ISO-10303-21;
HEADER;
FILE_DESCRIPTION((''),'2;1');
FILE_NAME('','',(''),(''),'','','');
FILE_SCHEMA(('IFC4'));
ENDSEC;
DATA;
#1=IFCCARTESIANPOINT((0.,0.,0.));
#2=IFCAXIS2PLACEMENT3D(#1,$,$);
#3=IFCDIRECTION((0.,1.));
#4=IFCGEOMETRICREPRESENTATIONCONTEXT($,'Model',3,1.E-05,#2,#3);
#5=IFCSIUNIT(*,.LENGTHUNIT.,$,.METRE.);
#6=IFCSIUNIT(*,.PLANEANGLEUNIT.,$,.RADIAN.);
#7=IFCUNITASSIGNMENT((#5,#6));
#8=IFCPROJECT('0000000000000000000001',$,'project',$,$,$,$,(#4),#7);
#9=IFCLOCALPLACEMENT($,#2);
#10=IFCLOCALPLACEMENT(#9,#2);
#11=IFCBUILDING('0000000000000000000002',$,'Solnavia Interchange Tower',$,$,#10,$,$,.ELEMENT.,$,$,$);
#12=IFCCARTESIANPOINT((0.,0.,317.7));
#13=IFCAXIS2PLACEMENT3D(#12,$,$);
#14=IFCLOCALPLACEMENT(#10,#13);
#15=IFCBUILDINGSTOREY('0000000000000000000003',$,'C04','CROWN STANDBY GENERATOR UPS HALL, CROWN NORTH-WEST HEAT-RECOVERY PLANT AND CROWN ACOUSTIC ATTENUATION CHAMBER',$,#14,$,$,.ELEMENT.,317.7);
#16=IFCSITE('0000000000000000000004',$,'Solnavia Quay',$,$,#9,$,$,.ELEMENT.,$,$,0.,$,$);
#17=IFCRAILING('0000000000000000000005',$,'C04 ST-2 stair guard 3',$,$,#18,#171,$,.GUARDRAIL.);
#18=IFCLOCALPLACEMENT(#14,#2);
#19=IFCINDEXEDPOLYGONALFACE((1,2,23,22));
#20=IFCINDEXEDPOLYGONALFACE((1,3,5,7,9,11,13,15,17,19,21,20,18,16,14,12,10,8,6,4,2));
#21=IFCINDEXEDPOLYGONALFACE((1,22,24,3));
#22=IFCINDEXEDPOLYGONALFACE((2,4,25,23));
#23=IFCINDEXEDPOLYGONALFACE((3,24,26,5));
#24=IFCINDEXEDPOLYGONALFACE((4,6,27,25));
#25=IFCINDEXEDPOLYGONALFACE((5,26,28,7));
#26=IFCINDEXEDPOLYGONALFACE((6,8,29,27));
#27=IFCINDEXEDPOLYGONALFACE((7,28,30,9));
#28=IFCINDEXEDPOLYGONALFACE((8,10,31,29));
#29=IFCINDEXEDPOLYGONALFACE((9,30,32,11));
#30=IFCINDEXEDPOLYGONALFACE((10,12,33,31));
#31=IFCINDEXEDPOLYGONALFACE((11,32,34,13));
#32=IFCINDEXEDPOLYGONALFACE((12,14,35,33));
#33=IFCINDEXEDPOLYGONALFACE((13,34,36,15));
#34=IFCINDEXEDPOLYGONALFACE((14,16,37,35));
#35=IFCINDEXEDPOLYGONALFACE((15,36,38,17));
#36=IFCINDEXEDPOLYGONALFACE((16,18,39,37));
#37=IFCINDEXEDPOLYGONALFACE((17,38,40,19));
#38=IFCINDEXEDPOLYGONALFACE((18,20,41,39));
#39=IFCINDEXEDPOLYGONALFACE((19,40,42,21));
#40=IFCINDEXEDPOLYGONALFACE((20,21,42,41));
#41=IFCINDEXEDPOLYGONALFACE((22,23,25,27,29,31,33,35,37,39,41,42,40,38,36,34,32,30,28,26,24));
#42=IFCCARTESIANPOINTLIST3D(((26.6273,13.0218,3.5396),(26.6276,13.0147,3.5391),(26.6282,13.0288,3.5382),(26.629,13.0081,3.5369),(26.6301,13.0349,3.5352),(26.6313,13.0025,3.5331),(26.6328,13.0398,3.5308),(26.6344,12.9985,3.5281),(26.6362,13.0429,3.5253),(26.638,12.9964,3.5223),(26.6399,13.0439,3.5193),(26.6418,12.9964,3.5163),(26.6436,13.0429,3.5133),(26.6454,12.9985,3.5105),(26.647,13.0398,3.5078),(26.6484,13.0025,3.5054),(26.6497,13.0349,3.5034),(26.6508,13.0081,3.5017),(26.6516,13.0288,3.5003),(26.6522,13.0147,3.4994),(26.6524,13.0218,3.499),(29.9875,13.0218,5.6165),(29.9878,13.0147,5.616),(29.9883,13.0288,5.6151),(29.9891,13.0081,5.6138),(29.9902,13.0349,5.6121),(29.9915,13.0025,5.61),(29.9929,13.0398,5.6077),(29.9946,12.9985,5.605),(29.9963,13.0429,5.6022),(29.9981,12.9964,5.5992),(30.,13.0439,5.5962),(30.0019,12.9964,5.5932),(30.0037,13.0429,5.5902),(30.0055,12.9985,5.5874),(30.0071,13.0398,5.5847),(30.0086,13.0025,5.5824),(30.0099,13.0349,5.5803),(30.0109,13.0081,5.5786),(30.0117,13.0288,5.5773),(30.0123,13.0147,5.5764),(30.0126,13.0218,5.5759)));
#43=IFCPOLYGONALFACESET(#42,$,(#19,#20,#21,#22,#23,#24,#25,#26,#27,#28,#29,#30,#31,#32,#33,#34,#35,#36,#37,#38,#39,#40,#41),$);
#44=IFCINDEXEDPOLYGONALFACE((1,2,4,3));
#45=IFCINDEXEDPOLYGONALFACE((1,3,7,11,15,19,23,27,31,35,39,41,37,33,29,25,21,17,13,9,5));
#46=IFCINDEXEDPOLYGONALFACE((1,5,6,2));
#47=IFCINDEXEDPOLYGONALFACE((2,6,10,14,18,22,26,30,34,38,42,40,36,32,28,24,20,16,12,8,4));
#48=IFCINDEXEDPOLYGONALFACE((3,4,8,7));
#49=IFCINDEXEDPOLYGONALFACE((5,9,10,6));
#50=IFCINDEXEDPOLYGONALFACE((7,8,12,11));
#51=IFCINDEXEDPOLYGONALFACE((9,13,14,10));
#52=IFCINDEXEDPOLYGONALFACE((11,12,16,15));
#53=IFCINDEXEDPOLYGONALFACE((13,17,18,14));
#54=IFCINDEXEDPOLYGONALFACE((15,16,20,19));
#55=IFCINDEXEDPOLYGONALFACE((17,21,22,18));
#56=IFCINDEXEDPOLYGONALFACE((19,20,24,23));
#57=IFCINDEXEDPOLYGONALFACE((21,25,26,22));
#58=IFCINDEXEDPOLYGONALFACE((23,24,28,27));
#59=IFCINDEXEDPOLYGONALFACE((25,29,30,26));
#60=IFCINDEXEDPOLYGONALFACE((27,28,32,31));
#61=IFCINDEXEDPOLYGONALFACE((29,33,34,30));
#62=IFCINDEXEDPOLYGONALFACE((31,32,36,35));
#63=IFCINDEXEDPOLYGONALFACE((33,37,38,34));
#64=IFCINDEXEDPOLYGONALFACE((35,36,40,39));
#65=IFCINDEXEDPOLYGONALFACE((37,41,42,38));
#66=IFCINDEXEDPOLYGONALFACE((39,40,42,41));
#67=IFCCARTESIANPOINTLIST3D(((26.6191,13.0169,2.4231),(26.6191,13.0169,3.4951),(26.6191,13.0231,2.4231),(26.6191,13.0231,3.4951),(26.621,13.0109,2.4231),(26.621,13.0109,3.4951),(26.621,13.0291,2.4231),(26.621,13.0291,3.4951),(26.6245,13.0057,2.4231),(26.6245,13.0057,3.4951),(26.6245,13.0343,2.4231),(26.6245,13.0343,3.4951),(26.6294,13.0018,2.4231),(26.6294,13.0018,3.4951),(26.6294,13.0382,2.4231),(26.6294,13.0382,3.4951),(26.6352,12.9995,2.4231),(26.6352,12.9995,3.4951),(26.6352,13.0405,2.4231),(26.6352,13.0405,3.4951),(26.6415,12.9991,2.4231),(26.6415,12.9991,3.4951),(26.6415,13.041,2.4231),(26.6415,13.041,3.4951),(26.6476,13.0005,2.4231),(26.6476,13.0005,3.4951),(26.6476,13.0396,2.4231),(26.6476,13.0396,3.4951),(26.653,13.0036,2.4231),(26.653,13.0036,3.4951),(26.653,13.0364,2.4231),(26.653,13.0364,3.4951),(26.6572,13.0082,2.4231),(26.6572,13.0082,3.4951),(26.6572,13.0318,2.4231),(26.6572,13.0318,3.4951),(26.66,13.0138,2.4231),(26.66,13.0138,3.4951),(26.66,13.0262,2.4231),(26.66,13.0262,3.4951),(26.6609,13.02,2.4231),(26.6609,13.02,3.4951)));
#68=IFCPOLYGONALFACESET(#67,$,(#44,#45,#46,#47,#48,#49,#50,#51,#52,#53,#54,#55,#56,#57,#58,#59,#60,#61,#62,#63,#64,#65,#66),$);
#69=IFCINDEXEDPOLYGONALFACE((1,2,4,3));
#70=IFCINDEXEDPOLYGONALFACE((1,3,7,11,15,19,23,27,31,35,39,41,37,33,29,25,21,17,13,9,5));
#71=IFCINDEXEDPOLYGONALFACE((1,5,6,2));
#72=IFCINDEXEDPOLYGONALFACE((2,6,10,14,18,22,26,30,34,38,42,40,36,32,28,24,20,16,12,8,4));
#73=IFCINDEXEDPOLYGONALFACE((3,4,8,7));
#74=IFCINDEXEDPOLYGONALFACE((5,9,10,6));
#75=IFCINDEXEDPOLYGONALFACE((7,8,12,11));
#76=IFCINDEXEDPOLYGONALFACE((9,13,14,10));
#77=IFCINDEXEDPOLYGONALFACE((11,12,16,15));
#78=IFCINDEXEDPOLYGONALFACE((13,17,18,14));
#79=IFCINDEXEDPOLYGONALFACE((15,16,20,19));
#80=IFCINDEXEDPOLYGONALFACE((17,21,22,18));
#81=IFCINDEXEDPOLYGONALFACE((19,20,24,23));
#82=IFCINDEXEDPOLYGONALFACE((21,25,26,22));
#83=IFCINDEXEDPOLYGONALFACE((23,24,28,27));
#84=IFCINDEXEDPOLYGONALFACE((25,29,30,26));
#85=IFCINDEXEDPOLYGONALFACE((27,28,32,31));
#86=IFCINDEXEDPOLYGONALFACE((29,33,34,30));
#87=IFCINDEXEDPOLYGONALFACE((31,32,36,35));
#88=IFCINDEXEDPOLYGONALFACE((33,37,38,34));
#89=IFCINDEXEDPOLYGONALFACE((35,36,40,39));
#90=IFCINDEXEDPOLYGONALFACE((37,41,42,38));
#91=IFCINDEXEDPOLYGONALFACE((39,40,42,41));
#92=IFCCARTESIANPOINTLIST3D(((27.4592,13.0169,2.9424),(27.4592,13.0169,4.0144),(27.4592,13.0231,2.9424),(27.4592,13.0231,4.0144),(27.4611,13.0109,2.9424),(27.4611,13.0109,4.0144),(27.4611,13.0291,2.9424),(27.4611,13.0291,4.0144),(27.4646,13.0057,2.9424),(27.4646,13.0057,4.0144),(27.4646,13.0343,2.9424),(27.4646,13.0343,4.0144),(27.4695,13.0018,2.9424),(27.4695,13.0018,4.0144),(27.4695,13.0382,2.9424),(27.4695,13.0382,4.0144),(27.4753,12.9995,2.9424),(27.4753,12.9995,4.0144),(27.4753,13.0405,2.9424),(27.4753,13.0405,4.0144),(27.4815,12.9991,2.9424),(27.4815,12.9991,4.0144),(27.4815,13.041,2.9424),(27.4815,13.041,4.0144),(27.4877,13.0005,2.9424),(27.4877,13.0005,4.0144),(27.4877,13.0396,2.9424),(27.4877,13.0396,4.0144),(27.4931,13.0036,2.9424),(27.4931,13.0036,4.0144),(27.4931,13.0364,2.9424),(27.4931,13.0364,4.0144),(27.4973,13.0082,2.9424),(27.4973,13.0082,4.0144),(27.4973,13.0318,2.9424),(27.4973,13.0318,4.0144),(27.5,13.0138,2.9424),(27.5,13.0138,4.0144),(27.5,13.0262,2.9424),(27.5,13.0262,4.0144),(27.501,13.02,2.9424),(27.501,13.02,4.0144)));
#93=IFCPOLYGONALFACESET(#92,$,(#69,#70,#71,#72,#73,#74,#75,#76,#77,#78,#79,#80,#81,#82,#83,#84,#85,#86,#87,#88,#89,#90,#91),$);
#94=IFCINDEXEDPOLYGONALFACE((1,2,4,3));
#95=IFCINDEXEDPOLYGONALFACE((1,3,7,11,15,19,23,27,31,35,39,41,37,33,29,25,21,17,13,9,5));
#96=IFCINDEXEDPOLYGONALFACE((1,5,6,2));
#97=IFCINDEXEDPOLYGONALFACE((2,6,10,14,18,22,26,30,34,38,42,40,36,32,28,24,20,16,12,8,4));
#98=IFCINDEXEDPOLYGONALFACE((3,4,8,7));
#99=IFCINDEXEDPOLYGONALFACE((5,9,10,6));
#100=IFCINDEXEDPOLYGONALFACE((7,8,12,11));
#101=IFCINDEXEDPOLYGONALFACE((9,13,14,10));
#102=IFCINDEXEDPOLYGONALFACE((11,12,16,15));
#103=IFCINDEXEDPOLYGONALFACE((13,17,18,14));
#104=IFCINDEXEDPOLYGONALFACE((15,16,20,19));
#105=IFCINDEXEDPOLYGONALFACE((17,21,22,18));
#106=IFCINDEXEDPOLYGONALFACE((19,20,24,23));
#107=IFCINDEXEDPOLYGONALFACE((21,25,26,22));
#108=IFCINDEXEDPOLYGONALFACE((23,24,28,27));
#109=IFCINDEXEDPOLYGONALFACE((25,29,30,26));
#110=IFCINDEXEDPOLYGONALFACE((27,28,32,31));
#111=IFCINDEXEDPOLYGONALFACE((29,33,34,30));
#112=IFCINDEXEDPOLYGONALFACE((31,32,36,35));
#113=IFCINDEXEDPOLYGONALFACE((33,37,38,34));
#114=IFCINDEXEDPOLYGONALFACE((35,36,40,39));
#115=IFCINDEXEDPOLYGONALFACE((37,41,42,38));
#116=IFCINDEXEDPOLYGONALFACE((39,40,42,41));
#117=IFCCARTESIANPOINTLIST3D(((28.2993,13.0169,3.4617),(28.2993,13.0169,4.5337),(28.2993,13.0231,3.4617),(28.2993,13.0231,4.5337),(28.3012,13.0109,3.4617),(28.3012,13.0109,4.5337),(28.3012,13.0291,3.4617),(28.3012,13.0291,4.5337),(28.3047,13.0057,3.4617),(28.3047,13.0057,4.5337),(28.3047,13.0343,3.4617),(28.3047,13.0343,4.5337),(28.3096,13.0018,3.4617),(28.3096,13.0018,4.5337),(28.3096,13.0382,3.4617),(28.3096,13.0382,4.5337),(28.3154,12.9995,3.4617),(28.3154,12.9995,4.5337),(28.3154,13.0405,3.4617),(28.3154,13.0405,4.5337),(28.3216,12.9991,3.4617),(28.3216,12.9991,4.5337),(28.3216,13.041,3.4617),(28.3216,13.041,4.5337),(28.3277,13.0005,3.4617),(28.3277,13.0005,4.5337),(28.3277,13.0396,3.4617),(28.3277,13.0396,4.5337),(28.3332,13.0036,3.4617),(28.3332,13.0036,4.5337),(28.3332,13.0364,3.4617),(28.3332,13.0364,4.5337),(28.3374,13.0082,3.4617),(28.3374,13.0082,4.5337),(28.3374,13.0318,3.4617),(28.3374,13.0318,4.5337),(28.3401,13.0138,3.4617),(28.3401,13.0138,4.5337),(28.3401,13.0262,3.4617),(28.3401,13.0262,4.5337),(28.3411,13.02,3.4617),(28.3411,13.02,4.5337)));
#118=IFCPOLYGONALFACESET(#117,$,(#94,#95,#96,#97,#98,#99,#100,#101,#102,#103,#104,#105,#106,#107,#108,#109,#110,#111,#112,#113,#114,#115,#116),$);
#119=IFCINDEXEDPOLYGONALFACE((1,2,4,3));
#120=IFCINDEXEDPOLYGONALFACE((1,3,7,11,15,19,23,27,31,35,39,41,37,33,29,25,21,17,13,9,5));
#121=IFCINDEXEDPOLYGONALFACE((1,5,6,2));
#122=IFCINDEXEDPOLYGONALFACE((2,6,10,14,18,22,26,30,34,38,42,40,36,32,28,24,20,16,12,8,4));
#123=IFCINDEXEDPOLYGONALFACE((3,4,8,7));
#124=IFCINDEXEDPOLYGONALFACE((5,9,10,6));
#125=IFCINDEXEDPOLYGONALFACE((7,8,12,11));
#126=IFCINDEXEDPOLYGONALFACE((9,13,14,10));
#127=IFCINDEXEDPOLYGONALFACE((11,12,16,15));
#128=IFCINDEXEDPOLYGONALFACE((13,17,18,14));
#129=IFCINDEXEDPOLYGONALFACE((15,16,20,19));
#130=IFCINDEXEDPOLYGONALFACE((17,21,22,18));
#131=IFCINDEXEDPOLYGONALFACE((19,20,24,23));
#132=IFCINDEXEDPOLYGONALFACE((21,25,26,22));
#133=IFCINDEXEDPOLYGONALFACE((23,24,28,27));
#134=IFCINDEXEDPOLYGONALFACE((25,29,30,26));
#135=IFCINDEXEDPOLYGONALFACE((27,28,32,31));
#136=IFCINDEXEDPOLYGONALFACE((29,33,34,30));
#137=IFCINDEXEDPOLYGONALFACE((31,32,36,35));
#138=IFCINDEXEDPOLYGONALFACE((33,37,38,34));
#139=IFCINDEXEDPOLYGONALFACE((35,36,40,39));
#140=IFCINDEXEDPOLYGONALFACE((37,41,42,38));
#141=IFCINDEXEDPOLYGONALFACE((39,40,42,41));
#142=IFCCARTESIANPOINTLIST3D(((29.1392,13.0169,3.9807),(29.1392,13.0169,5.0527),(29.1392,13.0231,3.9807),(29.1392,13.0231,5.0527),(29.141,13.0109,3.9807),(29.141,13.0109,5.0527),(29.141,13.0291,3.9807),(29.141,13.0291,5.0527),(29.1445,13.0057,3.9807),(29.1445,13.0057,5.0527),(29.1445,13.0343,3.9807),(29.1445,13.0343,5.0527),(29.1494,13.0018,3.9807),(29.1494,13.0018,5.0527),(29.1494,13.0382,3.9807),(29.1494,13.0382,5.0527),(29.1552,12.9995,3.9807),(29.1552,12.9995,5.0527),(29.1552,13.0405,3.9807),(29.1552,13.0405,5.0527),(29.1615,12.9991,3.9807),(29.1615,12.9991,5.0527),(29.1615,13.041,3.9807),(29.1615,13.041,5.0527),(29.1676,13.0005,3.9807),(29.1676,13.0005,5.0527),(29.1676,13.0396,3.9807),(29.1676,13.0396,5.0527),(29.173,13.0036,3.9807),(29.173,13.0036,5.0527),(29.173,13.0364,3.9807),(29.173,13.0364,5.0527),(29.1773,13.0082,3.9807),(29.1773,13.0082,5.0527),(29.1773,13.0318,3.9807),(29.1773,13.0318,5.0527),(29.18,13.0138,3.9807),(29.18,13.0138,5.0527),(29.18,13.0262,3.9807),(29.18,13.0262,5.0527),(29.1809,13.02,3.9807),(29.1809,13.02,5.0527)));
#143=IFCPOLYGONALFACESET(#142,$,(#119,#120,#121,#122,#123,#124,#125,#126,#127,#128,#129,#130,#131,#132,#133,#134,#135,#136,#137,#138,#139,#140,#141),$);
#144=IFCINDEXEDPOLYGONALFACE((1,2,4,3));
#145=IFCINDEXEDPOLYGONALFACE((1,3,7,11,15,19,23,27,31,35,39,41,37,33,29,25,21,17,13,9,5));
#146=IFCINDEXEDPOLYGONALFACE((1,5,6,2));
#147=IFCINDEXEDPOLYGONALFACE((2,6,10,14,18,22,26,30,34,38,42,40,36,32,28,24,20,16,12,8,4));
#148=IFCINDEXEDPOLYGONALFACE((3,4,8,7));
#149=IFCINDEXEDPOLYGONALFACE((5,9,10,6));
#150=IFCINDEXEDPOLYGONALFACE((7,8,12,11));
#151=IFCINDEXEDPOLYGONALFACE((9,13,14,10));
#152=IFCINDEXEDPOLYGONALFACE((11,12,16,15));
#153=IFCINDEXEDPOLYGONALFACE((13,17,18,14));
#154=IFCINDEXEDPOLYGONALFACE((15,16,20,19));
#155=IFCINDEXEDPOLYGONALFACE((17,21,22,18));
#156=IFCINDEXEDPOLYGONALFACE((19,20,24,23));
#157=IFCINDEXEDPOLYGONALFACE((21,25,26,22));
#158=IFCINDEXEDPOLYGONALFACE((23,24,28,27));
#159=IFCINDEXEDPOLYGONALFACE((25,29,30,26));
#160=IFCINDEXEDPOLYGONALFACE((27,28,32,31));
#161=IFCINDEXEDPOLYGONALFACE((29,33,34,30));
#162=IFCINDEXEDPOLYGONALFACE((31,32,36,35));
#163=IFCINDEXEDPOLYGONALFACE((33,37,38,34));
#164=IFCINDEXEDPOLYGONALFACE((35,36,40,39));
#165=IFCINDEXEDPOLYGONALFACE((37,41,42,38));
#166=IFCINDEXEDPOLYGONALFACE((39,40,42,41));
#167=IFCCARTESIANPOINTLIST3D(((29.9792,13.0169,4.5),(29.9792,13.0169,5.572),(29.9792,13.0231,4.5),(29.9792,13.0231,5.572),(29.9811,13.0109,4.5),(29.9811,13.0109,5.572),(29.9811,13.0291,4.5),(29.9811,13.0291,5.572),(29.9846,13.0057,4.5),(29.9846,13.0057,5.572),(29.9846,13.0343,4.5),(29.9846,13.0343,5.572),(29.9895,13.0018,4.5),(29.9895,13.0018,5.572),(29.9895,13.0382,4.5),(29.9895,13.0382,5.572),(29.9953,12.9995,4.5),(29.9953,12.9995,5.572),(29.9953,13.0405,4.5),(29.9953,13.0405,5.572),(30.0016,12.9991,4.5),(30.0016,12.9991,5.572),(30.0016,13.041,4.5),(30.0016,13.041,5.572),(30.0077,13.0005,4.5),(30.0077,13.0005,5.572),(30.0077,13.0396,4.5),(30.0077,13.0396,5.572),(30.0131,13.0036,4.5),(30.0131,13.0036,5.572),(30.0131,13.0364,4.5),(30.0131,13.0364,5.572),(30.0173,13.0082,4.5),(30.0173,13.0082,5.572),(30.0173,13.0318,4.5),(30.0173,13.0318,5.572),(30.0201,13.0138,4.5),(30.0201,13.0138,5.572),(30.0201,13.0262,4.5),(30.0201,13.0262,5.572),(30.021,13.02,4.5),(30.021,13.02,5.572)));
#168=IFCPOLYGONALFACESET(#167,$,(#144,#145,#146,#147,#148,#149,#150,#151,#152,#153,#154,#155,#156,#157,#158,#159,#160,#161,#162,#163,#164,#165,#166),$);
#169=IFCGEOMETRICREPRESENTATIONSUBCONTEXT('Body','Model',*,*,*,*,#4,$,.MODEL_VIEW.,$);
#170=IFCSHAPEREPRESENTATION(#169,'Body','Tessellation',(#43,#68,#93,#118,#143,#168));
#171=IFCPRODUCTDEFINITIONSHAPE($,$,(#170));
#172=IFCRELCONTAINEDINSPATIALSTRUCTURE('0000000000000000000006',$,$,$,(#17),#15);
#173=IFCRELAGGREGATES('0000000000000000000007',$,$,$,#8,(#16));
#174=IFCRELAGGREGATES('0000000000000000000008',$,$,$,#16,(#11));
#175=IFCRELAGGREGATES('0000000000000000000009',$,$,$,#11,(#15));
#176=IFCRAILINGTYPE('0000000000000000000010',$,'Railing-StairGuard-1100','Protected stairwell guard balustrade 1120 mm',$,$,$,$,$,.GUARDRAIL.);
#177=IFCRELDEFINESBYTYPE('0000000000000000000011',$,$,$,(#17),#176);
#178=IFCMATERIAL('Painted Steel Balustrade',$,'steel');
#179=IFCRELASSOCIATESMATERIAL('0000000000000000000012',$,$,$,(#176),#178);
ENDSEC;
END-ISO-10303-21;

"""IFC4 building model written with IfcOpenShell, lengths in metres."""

from ifc_helpers import new_model, si_unit, direction, frame, origin, origin_2d, place, context, subcontext, project, spatial, circle, extrude, material, type_object, element, save


model = new_model("IFC4")

# Units and contexts
model_context = context("Model", 3, precision=1e-05, world=origin(), true_north=direction((0.0, 1.0)))
body_context = subcontext(model_context, "Body", "Model", "MODEL_VIEW")
ifc_project = project(units=[si_unit("LENGTHUNIT", "METRE"), si_unit("PLANEANGLEUNIT", "RADIAN")], contexts=[model_context])

# Site, building, storey
site_placement = place(None, origin())
site = spatial("IfcSite", under=ifc_project, at=site_placement, Name="Solnavia Quay", CompositionType="ELEMENT", RefElevation=0.0)
building_placement = place(site_placement, origin())
building = spatial("IfcBuilding", under=site, at=building_placement, Name="Solnavia Interchange Tower", CompositionType="ELEMENT")
storey_placement = place(building_placement, frame((0.0, 0.0, 317.7)))
storey = spatial("IfcBuildingStorey", under=building, at=storey_placement, Name="C04", Description="CROWN STANDBY GENERATOR UPS HALL, CROWN NORTH-WEST HEAT-RECOVERY PLANT AND CROWN ACOUSTIC ATTENUATION CHAMBER", CompositionType="ELEMENT", Elevation=317.7)

# Railing
ifc_material_1 = material(Name="Painted Steel Balustrade", Category="steel")
railing_type_1 = type_object("IfcRailingType", Name="Railing-StairGuard-1100", Description="Protected stairwell guard balustrade 1120 mm", PredefinedType="GUARDRAIL", material=ifc_material_1)
railing_1_placement = place(storey_placement, frame((26.6399, 13.02, 2.4231)))
element("IfcRailing", 1, at=railing_1_placement, inside=storey, type_object=railing_type_1, Name="C04 ST-2 stair guard 3", PredefinedType="GUARDRAIL", context=body_context, shape_type="SweptSolid", body=[
    extrude(circle(Radius=0.0239, at=origin_2d()), frame((0.0, 0.0, 1.0962), z_axis=(0.850623, 0.0, 0.525776), x_axis=(0.0, 1.0, 0.0)), (0.0, 0.0, 1.0), 3.9502),
    extrude(circle(Radius=0.021, at=origin_2d()), origin(), (0.0, 0.0, 1.0), 1.072),
    extrude(circle(Radius=0.021, at=origin_2d()), frame((0.8401, 0.0, 0.5193)), (0.0, 0.0, 1.0), 1.072),
    extrude(circle(Radius=0.021, at=origin_2d()), frame((1.6802, 0.0, 1.0386)), (0.0, 0.0, 1.0), 1.072),
    extrude(circle(Radius=0.021, at=origin_2d()), frame((2.52, 0.0, 1.5576)), (0.0, 0.0, 1.0), 1.072),
    extrude(circle(Radius=0.021, at=origin_2d()), frame((3.3601, 0.0, 2.0769)), (0.0, 0.0, 1.0), 1.072),
])

save(model, "model.ifc")
